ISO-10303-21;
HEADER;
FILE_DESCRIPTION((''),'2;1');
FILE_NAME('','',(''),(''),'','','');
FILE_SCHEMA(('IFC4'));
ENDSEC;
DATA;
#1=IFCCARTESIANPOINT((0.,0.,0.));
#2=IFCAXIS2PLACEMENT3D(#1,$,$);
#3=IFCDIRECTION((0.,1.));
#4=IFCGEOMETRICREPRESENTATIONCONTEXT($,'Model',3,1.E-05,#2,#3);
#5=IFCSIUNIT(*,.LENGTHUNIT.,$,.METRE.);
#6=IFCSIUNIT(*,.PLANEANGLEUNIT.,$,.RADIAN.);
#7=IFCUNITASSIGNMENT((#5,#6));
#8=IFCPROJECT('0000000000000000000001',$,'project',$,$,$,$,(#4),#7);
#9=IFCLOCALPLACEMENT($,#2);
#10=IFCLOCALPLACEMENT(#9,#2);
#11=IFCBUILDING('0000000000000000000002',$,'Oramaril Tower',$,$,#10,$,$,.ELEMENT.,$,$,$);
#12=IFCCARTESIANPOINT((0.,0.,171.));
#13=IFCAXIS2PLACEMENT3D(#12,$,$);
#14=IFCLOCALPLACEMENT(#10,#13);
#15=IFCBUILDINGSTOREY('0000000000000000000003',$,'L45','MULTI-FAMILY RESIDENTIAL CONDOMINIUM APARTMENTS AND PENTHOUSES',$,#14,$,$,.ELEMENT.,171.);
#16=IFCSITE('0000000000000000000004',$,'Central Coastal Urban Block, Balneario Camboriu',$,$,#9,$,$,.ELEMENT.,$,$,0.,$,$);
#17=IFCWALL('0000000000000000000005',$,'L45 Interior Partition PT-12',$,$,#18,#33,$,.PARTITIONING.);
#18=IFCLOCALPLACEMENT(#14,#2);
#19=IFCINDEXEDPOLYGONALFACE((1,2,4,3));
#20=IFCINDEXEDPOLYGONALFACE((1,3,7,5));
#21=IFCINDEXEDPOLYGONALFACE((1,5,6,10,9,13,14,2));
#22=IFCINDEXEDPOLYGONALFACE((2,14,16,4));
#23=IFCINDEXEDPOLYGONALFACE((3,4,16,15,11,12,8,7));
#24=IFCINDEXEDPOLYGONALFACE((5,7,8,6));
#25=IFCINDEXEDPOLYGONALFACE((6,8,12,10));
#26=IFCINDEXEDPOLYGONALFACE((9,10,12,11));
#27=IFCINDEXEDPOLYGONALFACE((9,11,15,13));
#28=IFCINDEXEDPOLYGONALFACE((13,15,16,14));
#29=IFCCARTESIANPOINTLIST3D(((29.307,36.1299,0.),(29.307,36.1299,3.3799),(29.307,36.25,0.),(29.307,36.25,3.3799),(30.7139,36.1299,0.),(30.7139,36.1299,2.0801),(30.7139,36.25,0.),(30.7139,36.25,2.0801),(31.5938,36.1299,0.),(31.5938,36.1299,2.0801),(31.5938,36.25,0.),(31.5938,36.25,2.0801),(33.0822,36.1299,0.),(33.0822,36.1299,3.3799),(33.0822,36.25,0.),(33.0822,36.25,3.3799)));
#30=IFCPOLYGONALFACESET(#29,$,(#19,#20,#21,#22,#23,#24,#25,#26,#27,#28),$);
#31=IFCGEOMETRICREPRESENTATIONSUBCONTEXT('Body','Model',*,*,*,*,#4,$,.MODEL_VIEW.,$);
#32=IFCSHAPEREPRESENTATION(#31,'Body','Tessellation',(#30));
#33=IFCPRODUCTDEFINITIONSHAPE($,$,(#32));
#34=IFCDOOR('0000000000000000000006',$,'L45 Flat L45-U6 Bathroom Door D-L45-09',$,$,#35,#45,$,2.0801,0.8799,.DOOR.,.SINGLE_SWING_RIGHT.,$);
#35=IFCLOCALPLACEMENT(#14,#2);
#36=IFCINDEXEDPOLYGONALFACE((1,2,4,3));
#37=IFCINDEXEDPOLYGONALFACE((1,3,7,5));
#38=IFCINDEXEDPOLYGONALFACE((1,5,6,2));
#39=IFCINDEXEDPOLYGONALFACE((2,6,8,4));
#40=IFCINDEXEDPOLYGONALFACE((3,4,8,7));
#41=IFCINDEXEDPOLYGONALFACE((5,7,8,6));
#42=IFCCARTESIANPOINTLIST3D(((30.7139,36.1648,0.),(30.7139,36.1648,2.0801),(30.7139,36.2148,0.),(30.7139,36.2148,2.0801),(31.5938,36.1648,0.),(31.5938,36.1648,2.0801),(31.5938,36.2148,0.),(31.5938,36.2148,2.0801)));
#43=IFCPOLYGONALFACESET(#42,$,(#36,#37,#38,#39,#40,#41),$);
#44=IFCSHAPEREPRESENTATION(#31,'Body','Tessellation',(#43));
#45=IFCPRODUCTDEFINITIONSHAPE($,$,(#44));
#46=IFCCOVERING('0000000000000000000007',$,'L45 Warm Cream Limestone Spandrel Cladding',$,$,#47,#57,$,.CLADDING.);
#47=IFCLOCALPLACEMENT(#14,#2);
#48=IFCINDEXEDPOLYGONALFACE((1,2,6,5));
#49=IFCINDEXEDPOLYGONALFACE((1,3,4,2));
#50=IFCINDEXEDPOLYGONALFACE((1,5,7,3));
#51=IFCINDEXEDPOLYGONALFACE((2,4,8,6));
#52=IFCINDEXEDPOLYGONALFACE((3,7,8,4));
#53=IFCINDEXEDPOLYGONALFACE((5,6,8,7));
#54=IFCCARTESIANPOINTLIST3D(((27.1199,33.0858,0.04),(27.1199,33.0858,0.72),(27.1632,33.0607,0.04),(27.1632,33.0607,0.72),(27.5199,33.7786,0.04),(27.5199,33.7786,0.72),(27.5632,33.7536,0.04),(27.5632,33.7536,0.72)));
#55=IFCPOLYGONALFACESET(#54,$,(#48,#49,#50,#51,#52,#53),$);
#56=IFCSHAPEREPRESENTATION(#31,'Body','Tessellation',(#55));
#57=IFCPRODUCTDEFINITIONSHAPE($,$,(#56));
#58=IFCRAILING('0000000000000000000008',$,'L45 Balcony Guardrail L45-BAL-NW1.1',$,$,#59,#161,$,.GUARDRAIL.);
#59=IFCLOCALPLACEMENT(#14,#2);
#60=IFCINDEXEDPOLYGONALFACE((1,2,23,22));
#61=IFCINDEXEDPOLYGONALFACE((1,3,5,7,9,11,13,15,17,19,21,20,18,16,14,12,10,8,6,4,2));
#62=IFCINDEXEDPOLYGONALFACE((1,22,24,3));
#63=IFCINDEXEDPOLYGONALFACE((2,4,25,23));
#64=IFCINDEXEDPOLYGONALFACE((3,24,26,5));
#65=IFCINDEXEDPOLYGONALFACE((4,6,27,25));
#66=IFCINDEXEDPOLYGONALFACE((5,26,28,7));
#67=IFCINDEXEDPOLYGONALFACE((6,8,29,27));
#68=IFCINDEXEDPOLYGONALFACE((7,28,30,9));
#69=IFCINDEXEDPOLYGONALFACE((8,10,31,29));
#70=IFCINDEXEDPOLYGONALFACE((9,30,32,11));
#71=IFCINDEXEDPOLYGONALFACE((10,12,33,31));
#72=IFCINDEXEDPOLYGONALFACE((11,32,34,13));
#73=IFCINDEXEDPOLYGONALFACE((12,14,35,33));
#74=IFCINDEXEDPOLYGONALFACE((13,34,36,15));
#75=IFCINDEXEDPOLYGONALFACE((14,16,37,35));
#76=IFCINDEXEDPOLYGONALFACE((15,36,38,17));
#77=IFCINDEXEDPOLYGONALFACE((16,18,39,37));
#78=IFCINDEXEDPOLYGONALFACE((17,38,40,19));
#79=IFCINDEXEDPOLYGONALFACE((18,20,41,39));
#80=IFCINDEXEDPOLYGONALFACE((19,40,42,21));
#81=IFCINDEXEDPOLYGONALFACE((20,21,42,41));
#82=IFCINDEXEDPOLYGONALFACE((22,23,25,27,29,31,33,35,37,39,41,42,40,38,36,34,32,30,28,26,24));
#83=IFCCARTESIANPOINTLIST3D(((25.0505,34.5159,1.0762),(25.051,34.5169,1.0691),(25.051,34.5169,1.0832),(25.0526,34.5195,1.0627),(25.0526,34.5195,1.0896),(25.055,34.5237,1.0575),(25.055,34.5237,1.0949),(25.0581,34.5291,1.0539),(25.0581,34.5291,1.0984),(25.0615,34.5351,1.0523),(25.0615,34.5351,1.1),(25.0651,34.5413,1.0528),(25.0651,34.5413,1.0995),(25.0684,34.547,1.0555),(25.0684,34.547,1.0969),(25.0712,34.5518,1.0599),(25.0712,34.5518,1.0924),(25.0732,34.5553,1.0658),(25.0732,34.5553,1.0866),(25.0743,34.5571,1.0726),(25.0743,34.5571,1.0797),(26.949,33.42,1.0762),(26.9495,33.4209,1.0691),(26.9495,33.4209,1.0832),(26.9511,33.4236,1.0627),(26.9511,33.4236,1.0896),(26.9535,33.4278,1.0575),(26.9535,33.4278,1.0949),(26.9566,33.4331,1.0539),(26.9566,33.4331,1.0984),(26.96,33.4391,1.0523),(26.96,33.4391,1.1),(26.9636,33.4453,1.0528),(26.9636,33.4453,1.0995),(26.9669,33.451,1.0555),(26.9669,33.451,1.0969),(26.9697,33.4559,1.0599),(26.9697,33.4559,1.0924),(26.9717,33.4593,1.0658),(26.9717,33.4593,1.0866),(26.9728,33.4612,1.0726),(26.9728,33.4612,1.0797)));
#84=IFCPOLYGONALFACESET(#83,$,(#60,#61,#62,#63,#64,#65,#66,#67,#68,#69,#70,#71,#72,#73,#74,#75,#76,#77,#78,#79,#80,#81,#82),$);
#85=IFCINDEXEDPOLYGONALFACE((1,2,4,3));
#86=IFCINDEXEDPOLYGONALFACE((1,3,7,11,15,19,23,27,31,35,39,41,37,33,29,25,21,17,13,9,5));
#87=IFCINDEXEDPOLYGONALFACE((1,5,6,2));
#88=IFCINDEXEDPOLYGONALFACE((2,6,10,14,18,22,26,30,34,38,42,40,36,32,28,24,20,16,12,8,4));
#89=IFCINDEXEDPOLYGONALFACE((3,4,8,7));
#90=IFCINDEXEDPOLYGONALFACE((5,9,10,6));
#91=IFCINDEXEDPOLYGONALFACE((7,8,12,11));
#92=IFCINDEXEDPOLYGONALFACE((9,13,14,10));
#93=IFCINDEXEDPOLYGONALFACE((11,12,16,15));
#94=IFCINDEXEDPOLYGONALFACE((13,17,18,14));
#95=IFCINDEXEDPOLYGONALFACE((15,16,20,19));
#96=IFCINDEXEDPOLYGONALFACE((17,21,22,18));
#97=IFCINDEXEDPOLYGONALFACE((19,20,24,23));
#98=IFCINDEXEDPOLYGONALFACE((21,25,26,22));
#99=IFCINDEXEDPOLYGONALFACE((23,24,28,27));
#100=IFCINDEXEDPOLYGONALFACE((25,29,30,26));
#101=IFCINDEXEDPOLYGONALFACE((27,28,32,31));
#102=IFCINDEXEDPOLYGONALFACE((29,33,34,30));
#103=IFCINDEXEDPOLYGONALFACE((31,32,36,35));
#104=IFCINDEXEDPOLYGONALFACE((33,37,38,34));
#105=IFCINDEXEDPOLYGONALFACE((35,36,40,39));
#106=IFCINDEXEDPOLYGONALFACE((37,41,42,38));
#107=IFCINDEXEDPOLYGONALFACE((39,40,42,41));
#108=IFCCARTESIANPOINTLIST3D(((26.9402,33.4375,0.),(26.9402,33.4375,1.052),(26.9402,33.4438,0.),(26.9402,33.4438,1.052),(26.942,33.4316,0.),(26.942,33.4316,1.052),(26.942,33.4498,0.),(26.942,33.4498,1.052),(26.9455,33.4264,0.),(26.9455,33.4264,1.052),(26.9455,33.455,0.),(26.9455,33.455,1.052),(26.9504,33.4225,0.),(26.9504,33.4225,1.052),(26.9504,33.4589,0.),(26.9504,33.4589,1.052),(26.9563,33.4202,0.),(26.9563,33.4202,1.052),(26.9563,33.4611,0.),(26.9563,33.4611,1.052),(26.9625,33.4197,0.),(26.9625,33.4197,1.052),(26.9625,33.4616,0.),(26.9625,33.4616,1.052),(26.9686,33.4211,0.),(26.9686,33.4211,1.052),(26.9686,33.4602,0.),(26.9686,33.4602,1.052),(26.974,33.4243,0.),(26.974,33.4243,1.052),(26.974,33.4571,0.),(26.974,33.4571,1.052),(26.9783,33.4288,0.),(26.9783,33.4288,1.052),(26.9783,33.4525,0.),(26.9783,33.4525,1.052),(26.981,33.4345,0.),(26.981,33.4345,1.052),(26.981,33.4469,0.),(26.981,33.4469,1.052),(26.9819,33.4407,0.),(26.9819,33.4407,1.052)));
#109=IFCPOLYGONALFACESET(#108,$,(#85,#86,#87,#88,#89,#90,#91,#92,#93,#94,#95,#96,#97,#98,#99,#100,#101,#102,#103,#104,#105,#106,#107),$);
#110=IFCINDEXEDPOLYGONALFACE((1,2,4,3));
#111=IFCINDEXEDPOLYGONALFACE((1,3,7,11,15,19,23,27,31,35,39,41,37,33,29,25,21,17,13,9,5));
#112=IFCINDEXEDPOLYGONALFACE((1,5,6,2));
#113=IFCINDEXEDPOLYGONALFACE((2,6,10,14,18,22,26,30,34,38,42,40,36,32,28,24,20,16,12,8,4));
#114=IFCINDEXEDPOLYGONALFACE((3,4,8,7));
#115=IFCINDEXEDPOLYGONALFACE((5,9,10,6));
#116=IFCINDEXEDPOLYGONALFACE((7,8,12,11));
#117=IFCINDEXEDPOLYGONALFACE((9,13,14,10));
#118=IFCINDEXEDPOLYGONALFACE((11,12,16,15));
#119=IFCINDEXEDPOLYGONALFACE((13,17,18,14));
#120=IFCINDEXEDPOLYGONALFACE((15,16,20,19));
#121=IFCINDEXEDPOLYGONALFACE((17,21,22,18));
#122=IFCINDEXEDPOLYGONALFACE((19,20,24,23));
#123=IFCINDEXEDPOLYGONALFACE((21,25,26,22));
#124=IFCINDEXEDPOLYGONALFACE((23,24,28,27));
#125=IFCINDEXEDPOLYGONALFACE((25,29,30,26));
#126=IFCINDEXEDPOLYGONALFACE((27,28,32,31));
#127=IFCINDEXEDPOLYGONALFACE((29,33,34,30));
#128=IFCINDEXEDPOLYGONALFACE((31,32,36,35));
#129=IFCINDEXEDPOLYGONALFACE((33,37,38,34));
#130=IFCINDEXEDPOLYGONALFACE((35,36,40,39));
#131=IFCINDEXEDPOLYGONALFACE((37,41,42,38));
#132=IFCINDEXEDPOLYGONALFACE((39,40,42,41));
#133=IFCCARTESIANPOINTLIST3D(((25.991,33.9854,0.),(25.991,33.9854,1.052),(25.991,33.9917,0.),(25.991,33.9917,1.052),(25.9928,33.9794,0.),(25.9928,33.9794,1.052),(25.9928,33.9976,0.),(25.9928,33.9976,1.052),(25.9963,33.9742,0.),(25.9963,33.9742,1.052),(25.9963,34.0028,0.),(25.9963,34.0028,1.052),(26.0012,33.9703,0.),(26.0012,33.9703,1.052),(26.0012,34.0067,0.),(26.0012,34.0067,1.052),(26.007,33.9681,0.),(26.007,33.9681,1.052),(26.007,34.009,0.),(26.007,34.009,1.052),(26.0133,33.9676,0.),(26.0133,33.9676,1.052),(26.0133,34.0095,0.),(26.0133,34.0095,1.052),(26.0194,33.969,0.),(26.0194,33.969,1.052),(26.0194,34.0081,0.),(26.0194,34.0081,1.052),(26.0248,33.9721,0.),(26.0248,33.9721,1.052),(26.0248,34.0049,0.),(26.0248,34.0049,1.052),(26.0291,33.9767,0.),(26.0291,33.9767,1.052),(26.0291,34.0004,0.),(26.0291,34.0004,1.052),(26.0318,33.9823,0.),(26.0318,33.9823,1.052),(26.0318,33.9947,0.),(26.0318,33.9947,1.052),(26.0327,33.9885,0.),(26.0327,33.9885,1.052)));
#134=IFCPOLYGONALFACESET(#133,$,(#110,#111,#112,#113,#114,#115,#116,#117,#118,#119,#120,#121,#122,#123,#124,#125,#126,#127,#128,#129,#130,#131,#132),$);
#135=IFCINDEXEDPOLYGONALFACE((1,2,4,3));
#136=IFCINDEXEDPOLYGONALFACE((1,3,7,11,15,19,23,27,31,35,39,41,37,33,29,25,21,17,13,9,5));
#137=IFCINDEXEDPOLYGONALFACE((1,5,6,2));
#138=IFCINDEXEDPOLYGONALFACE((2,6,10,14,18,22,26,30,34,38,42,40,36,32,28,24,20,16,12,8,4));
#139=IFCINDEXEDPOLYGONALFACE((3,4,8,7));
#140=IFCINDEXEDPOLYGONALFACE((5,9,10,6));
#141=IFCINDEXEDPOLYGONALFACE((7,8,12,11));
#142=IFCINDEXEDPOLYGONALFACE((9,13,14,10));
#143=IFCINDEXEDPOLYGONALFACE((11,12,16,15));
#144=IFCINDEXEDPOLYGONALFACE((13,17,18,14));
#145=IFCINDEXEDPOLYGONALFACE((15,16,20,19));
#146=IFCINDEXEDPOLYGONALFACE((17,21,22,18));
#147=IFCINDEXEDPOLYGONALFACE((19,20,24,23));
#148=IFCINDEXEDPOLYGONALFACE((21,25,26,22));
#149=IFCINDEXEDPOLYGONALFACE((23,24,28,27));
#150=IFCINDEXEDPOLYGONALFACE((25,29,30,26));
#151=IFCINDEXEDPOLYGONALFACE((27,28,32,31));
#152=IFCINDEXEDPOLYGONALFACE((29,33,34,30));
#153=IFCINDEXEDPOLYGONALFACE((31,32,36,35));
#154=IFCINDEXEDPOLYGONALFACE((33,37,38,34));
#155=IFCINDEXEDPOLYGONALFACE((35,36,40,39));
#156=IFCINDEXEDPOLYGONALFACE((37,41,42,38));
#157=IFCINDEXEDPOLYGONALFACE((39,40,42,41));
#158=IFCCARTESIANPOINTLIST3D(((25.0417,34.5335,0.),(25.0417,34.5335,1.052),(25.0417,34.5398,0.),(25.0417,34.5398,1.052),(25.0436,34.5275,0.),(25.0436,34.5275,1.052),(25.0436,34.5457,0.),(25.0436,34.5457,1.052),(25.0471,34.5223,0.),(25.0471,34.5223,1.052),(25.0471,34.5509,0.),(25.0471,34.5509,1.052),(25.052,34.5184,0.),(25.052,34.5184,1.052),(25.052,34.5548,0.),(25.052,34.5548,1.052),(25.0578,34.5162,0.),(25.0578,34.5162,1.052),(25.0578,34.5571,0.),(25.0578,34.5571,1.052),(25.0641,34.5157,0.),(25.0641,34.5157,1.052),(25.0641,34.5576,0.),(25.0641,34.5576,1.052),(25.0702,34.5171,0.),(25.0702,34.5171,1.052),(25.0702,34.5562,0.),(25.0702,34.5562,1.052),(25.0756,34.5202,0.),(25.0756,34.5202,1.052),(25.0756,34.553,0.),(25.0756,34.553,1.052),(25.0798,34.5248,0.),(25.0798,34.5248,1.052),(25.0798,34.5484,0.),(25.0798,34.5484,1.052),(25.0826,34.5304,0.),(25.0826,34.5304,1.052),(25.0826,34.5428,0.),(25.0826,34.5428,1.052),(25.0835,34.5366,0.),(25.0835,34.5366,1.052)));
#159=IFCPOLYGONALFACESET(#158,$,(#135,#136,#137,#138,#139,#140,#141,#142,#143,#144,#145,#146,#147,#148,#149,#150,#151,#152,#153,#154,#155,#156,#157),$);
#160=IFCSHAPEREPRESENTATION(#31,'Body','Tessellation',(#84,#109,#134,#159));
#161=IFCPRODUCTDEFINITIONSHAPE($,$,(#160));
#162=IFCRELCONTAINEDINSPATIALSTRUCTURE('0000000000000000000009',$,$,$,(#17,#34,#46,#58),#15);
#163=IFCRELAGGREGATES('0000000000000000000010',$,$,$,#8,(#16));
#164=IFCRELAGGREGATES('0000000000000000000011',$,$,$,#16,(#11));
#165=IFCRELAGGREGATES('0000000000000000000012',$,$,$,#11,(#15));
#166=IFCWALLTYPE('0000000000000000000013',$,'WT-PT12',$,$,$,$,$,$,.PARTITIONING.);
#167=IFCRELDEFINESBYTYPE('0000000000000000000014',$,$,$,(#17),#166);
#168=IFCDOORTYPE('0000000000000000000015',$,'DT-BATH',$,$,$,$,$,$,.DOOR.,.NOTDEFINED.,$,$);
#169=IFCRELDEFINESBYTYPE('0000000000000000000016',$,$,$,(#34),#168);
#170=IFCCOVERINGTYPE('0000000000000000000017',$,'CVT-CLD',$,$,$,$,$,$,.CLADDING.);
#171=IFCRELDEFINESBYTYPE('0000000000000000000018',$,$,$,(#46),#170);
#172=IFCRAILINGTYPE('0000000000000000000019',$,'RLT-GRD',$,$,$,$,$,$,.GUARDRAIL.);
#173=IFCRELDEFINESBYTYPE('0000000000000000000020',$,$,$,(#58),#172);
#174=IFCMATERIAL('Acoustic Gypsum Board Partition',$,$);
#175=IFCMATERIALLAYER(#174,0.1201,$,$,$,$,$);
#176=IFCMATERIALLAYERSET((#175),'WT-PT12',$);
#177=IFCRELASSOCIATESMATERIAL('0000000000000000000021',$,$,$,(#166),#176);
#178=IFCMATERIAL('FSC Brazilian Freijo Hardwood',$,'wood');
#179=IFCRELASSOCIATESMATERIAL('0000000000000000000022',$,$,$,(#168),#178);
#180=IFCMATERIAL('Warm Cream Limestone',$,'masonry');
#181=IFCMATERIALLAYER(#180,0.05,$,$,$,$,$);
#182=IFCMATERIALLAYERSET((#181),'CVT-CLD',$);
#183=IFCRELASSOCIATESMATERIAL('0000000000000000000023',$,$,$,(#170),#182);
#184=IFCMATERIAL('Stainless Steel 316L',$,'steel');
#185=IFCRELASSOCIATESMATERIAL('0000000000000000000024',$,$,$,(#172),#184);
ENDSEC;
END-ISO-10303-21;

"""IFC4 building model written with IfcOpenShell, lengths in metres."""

from ifc_helpers import new_model, si_unit, direction, frame, frame_2d, origin, origin_2d, place, context, subcontext, project, spatial, rectangle, circle, extrude, material, layer, layer_set, type_object, element, fill, save


model = new_model("IFC4")

# Units and contexts
model_context = context("Model", 3, precision=1e-05, world=origin(), true_north=direction((0.0, 1.0)))
body_context = subcontext(model_context, "Body", "Model", "MODEL_VIEW")
ifc_project = project(units=[si_unit("LENGTHUNIT", "METRE"), si_unit("PLANEANGLEUNIT", "RADIAN")], contexts=[model_context])

# Site, building, storey
site_placement = place(None, origin())
site = spatial("IfcSite", under=ifc_project, at=site_placement, Name="Central Coastal Urban Block, Balneario Camboriu", CompositionType="ELEMENT", RefElevation=0.0)
building_placement = place(site_placement, origin())
building = spatial("IfcBuilding", under=site, at=building_placement, Name="Oramaril Tower", CompositionType="ELEMENT")
storey_placement = place(building_placement, frame((0.0, 0.0, 171.0)))
storey = spatial("IfcBuildingStorey", under=building, at=storey_placement, Name="L45", Description="MULTI-FAMILY RESIDENTIAL CONDOMINIUM APARTMENTS AND PENTHOUSES", CompositionType="ELEMENT", Elevation=171.0)

# Wall, opening, door
ifc_material_1 = material(Name="Acoustic Gypsum Board Partition")
ifc_layer_1 = layer(ifc_material_1, 0.1201)
ifc_layer_set_1 = layer_set([ifc_layer_1], Name="WT-PT12")
wall_type_1 = type_object("IfcWallType", Name="WT-PT12", PredefinedType="PARTITIONING", material=ifc_layer_set_1)
wall_1_placement = place(storey_placement, frame((29.3069, 36.1899, 0.0), z_axis=(0.0, 0.0, 1.0), x_axis=(1.0, 0.0, 0.0)))
wall_1 = element("IfcWall", 1, at=wall_1_placement, inside=storey, type_object=wall_type_1, Name="L45 Interior Partition PT-12", PredefinedType="PARTITIONING", context=body_context, shape_type="SweptSolid", body=[
    extrude(rectangle(XDim=3.7751, YDim=0.1201, at=frame_2d((1.8877, 0.0))), origin(), (0.0, 0.0, 1.0), 3.3799),
])
opening_placement = place(wall_1_placement, frame((1.407, 0.0, 0.0)))
opening = element("IfcOpeningElement", 2, at=opening_placement, cuts=wall_1, PredefinedType="OPENING", context=body_context, shape_type="SweptSolid", body=[
    extrude(rectangle(XDim=0.8799, YDim=2.0801, at=frame_2d((0.4399, 1.04))), frame((0.0, 0.0601, 0.0), z_axis=(0.0, -1.0, 0.0), x_axis=(1.0, 0.0, 0.0)), (0.0, 0.0, 1.0), 0.1201),
])
ifc_material_2 = material(Name="FSC Brazilian Freijo Hardwood", Category="wood")
door_type = type_object("IfcDoorType", Name="DT-BATH", OperationType="NOTDEFINED", PredefinedType="DOOR", material=ifc_material_2)
door_placement = place(opening_placement, origin())
door = element("IfcDoor", 3, at=door_placement, inside=storey, type_object=door_type, Name="L45 Flat L45-U6 Bathroom Door D-L45-09", OperationType="SINGLE_SWING_RIGHT", OverallHeight=2.0801, OverallWidth=0.8799, PredefinedType="DOOR", context=body_context, shape_type="SweptSolid", body=[
    extrude(rectangle(XDim=0.8799, YDim=2.0801, at=frame_2d((0.4399, 1.04))), frame((0.0, 0.0249, 0.0), z_axis=(0.0, -1.0, 0.0), x_axis=(1.0, 0.0, 0.0)), (0.0, 0.0, 1.0), 0.05),
])
fill(opening, door)

# Covering
ifc_material_3 = material(Name="Warm Cream Limestone", Category="masonry")
ifc_layer_2 = layer(ifc_material_3, 0.05)
ifc_layer_set_2 = layer_set([ifc_layer_2], Name="CVT-CLD")
covering_type = type_object("IfcCoveringType", Name="CVT-CLD", PredefinedType="CLADDING", material=ifc_layer_set_2)
covering_placement = place(storey_placement, frame((27.3416, 33.4197, 0.04), z_axis=(0.0, 0.0, 1.0), x_axis=(-0.5, -0.866025, 0.0)))
element("IfcCovering", 4, at=covering_placement, inside=storey, type_object=covering_type, Name="L45 Warm Cream Limestone Spandrel Cladding", PredefinedType="CLADDING", context=body_context, shape_type="SweptSolid", body=[
    extrude(rectangle(XDim=0.8, YDim=0.05, at=origin_2d()), origin(), (0.0, 0.0, 1.0), 0.6799),
])

# Railing
ifc_material_4 = material(Name="Stainless Steel 316L", Category="steel")
railing_type = type_object("IfcRailingType", Name="RLT-GRD", PredefinedType="GUARDRAIL", material=ifc_material_4)
railing_1_placement = place(storey_placement, frame((26.9609, 33.4407, 0.0)))
element("IfcRailing", 5, at=railing_1_placement, inside=storey, type_object=railing_type, Name="L45 Balcony Guardrail L45-BAL-NW1.1", PredefinedType="GUARDRAIL", context=body_context, shape_type="SweptSolid", body=[
    extrude(circle(Radius=0.0239, at=origin_2d()), frame((0.0, 0.0, 1.0762), z_axis=(-0.866048, 0.49996, 0.0), x_axis=(-0.49996, -0.866048, 0.0)), (0.0, 0.0, 1.0), 2.1921),
    extrude(circle(Radius=0.021, at=origin_2d()), origin(), (0.0, 0.0, 1.0), 1.052),
    extrude(circle(Radius=0.021, at=origin_2d()), frame((-0.9492, 0.5479, 0.0)), (0.0, 0.0, 1.0), 1.052),
    extrude(circle(Radius=0.021, at=origin_2d()), frame((-1.8984, 1.0959, 0.0)), (0.0, 0.0, 1.0), 1.052),
])

save(model, "model.ifc")
